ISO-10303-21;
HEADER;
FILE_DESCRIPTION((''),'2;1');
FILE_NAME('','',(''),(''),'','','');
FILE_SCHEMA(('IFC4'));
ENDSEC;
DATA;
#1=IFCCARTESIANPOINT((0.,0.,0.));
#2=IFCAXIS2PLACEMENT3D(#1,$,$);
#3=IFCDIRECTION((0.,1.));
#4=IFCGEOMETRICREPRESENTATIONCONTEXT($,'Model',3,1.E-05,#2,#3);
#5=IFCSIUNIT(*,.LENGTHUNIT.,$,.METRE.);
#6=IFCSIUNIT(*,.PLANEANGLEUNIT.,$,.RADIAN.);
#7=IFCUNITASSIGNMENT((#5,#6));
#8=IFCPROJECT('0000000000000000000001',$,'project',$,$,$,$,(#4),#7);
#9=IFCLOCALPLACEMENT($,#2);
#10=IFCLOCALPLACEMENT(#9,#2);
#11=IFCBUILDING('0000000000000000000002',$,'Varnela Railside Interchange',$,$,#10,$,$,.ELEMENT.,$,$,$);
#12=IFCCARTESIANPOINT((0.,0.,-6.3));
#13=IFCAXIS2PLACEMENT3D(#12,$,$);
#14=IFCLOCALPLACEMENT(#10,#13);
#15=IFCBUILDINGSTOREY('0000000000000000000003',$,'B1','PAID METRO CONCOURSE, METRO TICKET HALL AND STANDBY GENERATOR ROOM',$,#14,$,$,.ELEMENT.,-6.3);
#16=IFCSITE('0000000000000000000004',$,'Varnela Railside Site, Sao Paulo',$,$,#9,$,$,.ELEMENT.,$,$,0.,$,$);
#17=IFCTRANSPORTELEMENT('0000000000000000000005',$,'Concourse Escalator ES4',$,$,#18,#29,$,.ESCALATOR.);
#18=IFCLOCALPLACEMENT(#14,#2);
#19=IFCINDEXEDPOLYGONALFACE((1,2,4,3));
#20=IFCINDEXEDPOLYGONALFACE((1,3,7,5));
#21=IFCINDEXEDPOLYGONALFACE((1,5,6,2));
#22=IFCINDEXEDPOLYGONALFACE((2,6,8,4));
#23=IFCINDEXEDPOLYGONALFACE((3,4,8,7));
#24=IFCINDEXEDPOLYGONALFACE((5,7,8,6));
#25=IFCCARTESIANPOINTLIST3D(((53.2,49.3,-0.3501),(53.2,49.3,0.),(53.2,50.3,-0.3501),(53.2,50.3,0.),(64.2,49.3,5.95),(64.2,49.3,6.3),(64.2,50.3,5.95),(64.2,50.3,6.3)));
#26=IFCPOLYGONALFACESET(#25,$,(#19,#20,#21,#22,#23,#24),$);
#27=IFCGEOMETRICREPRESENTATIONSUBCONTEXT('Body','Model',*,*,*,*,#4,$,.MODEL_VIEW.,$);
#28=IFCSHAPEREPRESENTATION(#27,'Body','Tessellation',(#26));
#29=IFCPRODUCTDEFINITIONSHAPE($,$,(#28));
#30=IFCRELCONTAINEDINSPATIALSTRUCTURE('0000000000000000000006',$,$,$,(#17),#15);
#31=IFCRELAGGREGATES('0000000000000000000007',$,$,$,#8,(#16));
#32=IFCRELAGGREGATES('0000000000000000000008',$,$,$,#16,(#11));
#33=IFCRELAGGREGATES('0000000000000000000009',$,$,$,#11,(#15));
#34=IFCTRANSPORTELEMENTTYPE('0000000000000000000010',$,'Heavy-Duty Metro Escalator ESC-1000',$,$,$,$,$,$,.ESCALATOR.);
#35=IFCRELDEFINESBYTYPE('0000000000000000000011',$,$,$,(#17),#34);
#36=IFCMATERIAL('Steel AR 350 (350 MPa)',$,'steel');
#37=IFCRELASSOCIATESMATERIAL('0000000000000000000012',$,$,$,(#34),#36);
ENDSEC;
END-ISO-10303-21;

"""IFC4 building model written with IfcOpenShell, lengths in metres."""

from ifc_helpers import new_model, si_unit, direction, frame, origin, place, context, subcontext, project, spatial, polyline, outline, extrude, material, type_object, element, save


model = new_model("IFC4")

# Units and contexts
model_context = context("Model", 3, precision=1e-05, world=origin(), true_north=direction((0.0, 1.0)))
body_context = subcontext(model_context, "Body", "Model", "MODEL_VIEW")
ifc_project = project(units=[si_unit("LENGTHUNIT", "METRE"), si_unit("PLANEANGLEUNIT", "RADIAN")], contexts=[model_context])

# Site, building, storey
site_placement = place(None, origin())
site = spatial("IfcSite", under=ifc_project, at=site_placement, Name="Varnela Railside Site, Sao Paulo", CompositionType="ELEMENT", RefElevation=0.0)
building_placement = place(site_placement, origin())
building = spatial("IfcBuilding", under=site, at=building_placement, Name="Varnela Railside Interchange", CompositionType="ELEMENT")
storey_placement = place(building_placement, frame((0.0, 0.0, -6.3)))
storey = spatial("IfcBuildingStorey", under=building, at=storey_placement, Name="B1", Description="PAID METRO CONCOURSE, METRO TICKET HALL AND STANDBY GENERATOR ROOM", CompositionType="ELEMENT", Elevation=-6.3)

# Shared definitions
ifc_material_1 = material(Name="Steel AR 350 (350 MPa)", Category="steel")

# Transport element
transport_element_type = type_object("IfcTransportElementType", Name="Heavy-Duty Metro Escalator ESC-1000", PredefinedType="ESCALATOR", material=ifc_material_1)
transport_element_placement = place(storey_placement, frame((53.2, 49.8, 0.0), z_axis=(0.0, 0.0, 1.0), x_axis=(1.0, 0.0, 0.0)))
element("IfcTransportElement", 1, at=transport_element_placement, inside=storey, type_object=transport_element_type, Name="Concourse Escalator ES4", PredefinedType="ESCALATOR", context=body_context, shape_type="SweptSolid", body=[
    extrude(outline(polyline([(0.0, -0.3501), (11.0, 5.95), (11.0, 6.3), (0.0, 0.0), (0.0, -0.3501)])), frame((0.0, 0.5, 0.0), z_axis=(0.0, -1.0, 0.0), x_axis=(1.0, 0.0, 0.0)), (0.0, 0.0, 1.0), 1.0),
])

save(model, "model.ifc")
